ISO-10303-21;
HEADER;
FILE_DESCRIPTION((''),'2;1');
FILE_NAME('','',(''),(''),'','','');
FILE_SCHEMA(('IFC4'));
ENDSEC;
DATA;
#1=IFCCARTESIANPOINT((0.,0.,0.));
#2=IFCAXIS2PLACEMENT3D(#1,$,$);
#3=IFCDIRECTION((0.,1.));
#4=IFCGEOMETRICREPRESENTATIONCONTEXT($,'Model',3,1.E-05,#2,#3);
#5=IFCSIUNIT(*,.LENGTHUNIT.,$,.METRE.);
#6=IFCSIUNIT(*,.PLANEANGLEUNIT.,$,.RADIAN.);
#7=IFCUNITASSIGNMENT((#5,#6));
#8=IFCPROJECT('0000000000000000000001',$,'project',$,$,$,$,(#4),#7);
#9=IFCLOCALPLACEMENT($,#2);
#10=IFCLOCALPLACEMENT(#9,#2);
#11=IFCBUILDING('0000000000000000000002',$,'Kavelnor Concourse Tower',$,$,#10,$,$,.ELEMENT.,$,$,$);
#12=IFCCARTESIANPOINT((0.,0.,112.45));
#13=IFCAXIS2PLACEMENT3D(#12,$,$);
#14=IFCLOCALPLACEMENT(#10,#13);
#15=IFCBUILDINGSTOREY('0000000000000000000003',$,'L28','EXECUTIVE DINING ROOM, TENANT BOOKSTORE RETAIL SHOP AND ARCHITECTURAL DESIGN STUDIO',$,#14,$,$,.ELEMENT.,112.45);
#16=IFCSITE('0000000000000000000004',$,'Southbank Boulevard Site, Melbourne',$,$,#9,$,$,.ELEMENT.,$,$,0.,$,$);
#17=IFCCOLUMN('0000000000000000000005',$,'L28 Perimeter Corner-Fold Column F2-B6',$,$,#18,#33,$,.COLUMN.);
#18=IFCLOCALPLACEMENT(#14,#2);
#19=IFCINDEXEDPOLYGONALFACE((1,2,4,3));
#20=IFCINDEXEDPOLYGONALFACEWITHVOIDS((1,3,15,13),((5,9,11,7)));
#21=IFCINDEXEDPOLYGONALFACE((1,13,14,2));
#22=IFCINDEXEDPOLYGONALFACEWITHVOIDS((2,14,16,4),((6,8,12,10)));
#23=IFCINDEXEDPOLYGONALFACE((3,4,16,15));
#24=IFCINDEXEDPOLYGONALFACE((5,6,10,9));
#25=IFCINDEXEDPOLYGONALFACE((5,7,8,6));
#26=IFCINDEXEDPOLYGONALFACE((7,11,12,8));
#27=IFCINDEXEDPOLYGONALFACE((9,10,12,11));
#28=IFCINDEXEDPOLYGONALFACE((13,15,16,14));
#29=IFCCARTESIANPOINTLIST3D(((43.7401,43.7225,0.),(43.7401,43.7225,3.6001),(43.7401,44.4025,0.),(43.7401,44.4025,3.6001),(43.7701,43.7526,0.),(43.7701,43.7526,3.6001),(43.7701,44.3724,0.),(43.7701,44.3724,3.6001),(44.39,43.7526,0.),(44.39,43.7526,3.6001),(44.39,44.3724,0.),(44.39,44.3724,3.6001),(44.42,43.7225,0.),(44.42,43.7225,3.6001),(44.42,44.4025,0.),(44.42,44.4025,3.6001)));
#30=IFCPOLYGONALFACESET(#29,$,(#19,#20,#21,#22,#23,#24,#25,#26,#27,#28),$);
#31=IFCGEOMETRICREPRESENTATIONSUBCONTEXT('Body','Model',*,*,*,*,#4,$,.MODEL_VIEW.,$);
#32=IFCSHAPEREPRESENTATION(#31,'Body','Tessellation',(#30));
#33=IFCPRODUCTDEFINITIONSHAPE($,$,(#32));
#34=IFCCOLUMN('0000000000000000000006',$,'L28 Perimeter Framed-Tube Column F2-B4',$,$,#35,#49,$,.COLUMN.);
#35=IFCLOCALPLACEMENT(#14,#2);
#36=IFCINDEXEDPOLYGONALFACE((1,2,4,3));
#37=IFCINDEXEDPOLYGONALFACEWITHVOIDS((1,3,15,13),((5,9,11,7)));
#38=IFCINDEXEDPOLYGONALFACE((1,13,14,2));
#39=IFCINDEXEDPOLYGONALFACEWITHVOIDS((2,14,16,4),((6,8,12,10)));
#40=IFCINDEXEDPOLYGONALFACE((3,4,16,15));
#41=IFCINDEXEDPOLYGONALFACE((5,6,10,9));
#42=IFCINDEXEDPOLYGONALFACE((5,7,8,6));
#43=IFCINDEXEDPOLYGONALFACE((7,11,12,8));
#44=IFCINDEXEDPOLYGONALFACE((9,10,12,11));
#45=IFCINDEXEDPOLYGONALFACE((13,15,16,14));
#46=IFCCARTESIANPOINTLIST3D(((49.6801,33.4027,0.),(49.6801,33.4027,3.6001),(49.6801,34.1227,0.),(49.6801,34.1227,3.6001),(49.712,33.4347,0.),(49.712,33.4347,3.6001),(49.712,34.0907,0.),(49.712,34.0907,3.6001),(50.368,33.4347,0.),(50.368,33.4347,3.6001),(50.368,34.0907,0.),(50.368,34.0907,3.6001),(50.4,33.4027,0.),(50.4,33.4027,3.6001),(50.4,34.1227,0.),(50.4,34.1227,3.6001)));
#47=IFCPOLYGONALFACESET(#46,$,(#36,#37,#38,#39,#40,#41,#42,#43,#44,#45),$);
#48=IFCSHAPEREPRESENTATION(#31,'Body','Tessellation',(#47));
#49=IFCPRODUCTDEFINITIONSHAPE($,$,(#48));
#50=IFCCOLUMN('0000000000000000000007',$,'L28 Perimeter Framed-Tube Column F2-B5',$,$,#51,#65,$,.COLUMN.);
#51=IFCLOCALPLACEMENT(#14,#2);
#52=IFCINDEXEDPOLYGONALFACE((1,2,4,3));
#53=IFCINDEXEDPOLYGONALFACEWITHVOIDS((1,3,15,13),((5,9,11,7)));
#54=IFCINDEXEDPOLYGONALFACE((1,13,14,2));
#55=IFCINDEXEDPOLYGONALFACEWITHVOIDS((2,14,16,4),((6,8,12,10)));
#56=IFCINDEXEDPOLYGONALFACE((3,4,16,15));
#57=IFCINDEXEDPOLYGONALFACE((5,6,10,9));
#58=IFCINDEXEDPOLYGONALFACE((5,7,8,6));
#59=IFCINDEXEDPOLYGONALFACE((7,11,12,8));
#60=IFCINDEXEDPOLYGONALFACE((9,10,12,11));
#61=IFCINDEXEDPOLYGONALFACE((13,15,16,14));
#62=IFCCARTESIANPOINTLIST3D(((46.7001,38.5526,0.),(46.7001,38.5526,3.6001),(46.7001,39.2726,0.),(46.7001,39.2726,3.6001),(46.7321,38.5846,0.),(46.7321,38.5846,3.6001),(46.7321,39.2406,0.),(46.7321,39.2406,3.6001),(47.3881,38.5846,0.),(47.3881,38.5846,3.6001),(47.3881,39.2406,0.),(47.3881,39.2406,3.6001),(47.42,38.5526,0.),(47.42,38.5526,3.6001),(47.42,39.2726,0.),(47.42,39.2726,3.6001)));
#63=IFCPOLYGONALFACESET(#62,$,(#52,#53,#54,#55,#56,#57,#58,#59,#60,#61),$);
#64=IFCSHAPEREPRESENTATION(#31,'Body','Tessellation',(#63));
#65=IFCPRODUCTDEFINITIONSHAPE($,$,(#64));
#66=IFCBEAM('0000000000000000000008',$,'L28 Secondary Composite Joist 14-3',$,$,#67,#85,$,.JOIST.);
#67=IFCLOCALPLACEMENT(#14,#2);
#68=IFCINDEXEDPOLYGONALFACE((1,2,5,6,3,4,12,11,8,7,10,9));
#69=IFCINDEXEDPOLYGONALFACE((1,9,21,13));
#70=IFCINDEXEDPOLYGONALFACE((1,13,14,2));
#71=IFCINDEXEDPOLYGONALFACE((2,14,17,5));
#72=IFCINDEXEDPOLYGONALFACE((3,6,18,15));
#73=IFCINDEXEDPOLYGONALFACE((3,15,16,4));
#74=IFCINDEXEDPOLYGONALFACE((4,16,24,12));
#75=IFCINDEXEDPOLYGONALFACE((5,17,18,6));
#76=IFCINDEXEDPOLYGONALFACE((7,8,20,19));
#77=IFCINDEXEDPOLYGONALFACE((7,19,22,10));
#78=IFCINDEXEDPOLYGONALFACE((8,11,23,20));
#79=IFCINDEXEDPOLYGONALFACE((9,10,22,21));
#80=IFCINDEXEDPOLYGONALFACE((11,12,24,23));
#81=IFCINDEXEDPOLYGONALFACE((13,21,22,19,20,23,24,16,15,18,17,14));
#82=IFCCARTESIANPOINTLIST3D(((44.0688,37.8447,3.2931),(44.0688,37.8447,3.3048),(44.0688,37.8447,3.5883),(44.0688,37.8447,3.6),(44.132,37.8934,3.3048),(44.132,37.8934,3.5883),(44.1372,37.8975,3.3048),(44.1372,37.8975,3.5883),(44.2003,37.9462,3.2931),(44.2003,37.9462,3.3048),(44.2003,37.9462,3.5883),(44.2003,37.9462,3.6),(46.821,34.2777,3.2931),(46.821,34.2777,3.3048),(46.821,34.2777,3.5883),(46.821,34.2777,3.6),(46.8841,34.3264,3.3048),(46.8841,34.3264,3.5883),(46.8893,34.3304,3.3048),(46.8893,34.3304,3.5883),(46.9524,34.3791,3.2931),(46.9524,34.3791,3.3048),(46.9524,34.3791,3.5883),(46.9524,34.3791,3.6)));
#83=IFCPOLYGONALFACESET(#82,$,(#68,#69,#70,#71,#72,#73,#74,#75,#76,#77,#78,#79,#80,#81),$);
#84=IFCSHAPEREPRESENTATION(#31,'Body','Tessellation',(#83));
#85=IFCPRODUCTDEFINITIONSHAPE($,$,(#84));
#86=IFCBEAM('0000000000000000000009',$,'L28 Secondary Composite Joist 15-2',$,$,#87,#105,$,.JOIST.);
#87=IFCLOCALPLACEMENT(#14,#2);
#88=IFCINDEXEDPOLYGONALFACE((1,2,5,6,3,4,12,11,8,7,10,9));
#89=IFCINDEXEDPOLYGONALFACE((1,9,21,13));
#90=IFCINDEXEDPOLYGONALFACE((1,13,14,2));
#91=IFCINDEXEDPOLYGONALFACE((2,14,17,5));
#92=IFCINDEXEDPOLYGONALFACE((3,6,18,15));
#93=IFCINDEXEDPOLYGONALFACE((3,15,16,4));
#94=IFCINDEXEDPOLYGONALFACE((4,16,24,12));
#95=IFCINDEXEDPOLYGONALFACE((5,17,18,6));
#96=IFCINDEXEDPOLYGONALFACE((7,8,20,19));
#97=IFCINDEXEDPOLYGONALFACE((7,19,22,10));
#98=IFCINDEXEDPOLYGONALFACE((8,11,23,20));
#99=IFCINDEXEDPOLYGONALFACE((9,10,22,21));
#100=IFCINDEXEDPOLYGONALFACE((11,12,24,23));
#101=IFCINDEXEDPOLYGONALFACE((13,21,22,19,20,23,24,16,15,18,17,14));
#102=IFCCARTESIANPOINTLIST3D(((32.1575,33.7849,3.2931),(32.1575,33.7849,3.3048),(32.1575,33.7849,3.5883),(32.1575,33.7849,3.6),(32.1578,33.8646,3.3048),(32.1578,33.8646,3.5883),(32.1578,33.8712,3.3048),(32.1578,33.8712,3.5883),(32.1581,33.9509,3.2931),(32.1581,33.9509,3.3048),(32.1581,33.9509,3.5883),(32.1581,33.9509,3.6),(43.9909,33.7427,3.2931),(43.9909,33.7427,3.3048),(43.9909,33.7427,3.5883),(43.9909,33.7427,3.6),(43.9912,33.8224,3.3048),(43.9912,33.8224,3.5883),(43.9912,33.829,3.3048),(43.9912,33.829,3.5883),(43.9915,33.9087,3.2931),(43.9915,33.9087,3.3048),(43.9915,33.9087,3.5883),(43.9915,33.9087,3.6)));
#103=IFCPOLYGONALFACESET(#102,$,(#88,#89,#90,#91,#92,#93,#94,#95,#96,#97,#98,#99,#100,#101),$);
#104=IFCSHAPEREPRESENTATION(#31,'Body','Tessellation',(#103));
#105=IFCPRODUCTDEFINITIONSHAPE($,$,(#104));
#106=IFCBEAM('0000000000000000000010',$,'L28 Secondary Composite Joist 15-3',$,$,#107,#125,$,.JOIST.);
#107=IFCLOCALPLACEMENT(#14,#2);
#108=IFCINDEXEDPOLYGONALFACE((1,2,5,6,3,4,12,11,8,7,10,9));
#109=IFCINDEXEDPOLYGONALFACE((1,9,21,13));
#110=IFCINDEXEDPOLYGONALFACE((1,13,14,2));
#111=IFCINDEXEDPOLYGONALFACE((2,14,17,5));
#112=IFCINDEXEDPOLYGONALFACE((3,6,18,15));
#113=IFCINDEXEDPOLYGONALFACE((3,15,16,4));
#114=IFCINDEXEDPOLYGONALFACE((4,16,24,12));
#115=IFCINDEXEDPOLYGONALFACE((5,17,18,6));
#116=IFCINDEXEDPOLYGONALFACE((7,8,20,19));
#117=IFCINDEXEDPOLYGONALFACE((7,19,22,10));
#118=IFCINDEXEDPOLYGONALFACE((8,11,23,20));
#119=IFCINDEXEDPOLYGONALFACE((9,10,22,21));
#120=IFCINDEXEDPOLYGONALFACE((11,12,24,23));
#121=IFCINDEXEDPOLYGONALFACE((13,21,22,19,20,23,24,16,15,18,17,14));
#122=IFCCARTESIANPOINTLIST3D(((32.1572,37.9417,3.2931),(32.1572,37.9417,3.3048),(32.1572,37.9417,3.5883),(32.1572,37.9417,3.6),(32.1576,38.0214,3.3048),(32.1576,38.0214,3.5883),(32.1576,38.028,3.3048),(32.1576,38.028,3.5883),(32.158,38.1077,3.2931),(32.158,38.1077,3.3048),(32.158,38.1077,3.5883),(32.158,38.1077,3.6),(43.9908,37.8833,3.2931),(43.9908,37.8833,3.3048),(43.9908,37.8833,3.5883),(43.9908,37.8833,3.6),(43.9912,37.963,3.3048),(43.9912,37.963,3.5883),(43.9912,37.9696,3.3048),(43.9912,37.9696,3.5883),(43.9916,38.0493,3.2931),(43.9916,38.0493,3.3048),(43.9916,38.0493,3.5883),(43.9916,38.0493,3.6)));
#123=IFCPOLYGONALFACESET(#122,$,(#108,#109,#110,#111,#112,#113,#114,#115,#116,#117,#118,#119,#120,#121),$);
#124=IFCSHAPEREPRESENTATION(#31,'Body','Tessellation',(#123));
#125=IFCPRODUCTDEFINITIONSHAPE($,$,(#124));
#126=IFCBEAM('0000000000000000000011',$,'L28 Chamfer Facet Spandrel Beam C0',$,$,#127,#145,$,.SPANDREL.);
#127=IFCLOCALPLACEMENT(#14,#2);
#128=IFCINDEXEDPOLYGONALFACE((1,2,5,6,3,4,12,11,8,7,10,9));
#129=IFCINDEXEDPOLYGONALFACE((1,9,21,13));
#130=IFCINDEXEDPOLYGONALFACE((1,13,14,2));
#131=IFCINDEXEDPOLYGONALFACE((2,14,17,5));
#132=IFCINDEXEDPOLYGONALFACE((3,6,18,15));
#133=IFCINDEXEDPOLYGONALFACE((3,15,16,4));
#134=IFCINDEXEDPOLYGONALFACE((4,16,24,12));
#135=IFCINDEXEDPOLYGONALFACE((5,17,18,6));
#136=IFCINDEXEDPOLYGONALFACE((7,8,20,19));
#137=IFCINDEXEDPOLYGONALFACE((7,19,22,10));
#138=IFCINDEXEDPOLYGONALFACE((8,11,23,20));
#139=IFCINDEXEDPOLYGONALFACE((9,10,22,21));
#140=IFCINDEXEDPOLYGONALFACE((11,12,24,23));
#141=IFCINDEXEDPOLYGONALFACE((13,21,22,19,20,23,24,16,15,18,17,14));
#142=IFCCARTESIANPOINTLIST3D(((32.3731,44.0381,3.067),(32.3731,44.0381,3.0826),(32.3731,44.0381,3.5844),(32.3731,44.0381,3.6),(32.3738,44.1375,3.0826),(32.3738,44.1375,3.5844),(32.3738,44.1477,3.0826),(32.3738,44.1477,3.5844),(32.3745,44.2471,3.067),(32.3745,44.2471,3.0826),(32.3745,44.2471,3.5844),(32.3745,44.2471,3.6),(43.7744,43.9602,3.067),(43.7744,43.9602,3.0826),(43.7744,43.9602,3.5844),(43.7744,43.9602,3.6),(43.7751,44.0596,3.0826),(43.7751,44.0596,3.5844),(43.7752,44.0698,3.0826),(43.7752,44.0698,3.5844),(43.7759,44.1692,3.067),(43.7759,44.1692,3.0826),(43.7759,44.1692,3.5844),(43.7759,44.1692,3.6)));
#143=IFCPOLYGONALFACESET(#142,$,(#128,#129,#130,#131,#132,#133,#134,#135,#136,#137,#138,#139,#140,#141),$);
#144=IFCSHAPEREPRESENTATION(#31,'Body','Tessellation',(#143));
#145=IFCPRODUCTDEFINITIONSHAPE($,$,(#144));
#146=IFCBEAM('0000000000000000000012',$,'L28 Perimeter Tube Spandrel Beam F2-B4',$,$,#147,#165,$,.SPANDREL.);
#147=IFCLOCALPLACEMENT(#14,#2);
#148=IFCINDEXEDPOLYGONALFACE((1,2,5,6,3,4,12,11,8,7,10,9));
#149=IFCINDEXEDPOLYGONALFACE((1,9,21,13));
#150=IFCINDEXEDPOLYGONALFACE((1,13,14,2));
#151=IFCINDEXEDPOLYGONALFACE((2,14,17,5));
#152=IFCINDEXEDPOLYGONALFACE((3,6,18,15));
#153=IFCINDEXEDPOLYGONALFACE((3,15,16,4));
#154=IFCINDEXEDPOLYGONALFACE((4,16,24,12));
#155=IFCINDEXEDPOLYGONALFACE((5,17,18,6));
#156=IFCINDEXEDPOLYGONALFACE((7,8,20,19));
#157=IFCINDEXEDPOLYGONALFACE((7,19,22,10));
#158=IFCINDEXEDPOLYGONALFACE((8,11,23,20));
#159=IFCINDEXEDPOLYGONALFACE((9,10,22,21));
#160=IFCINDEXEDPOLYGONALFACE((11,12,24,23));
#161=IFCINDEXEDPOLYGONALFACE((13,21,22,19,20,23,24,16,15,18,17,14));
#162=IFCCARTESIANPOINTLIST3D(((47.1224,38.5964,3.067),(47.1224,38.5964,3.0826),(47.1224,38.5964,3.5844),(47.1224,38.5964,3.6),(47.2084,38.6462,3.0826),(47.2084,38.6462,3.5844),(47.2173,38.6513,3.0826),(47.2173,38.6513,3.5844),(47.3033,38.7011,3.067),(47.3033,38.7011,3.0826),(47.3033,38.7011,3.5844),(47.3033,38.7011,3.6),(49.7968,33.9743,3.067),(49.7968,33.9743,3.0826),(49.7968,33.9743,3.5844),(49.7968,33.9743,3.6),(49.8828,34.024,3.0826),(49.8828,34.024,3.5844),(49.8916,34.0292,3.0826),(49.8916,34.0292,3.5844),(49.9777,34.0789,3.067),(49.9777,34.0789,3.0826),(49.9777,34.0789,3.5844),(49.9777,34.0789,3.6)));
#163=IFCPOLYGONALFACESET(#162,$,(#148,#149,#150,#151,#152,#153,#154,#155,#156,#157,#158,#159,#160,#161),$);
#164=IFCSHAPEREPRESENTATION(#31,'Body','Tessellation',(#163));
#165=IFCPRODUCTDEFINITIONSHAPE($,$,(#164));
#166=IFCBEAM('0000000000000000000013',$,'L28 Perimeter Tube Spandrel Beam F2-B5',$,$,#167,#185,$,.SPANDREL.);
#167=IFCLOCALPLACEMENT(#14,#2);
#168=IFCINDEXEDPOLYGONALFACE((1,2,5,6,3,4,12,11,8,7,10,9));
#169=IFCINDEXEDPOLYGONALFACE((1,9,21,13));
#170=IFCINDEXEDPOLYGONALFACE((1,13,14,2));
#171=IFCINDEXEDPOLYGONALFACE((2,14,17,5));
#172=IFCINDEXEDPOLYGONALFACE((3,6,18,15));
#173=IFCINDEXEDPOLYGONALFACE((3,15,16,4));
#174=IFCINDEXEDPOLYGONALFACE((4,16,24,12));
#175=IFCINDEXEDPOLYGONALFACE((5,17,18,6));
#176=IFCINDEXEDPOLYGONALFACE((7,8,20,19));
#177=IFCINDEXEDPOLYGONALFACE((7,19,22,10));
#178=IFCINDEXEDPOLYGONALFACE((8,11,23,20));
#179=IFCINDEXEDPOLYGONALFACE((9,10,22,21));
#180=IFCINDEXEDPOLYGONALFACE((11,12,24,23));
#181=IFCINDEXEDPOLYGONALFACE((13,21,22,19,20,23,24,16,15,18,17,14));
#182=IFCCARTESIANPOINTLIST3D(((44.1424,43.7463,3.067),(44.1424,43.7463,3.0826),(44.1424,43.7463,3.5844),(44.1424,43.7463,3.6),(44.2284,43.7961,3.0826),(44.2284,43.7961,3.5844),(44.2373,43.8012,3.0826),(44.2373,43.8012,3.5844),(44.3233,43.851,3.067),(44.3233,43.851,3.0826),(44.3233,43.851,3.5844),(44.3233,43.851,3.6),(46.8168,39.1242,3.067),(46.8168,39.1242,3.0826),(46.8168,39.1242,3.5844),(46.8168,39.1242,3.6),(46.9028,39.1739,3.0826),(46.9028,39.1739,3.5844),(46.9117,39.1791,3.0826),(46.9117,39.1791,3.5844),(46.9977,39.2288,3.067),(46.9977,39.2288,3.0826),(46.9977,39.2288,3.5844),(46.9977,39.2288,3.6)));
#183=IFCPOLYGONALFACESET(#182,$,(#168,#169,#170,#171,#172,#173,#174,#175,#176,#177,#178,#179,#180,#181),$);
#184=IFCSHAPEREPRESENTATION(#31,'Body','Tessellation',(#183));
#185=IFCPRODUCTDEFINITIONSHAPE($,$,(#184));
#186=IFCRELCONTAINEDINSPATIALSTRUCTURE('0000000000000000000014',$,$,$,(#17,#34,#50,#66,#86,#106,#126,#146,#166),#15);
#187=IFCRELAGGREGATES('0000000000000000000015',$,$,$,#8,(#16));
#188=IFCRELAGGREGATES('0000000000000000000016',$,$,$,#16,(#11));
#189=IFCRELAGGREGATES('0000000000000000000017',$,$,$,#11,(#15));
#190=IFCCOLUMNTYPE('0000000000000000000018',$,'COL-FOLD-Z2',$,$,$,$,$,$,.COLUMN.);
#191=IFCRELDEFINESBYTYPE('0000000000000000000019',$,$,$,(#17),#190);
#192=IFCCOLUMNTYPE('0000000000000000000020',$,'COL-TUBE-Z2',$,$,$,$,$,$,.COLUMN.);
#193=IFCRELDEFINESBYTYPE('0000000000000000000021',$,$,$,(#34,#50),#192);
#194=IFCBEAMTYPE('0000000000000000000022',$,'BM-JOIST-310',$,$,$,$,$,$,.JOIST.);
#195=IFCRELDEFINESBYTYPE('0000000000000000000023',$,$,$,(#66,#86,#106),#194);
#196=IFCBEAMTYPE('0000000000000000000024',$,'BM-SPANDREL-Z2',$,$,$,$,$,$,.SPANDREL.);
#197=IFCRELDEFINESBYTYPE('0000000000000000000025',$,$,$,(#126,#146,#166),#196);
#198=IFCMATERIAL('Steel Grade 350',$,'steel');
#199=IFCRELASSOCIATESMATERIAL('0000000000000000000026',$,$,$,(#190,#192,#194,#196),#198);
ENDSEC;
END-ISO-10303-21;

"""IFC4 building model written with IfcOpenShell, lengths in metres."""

from ifc_helpers import new_model, si_unit, direction, frame, origin, origin_2d, place, context, subcontext, project, spatial, hollow_rectangle, i_section, extrude, material, material_profile, profile_set, type_object, element, save


model = new_model("IFC4")

# Units and contexts
model_context = context("Model", 3, precision=1e-05, world=origin(), true_north=direction((0.0, 1.0)))
body_context = subcontext(model_context, "Body", "Model", "MODEL_VIEW")
ifc_project = project(units=[si_unit("LENGTHUNIT", "METRE"), si_unit("PLANEANGLEUNIT", "RADIAN")], contexts=[model_context])

# Site, building, storey
site_placement = place(None, origin())
site = spatial("IfcSite", under=ifc_project, at=site_placement, Name="Southbank Boulevard Site, Melbourne", CompositionType="ELEMENT", RefElevation=0.0)
building_placement = place(site_placement, origin())
building = spatial("IfcBuilding", under=site, at=building_placement, Name="Kavelnor Concourse Tower", CompositionType="ELEMENT")
storey_placement = place(building_placement, frame((0.0, 0.0, 112.45)))
storey = spatial("IfcBuildingStorey", under=building, at=storey_placement, Name="L28", Description="EXECUTIVE DINING ROOM, TENANT BOOKSTORE RETAIL SHOP AND ARCHITECTURAL DESIGN STUDIO", CompositionType="ELEMENT", Elevation=112.45)

# Columns
ifc_material_1 = material(Name="Steel Grade 350", Category="steel")
ifc_material_profile_1 = material_profile(ifc_material_1, hollow_rectangle(XDim=0.6799, YDim=0.6799, WallThickness=0.03, at=origin_2d()), Name="SHS 680x680x30")
ifc_profile_set_1 = profile_set([ifc_material_profile_1], Name="Steel Grade 350")
column_type_1 = type_object("IfcColumnType", Name="COL-FOLD-Z2", PredefinedType="COLUMN", material=ifc_profile_set_1)
column_placement = place(storey_placement, frame((44.0801, 44.0625, 0.0), z_axis=(0.0, 0.0, 1.0), x_axis=(1.0, 0.0, 0.0)))
element("IfcColumn", 1, at=column_placement, inside=storey, type_object=column_type_1, Name="L28 Perimeter Corner-Fold Column F2-B6", PredefinedType="COLUMN", context=body_context, shape_type="SweptSolid", body=[
    extrude(hollow_rectangle(XDim=0.6799, YDim=0.6799, WallThickness=0.03, at=origin_2d()), origin(), (0.0, 0.0, 1.0), 3.6001),
])
ifc_material_profile_2 = material_profile(ifc_material_1, hollow_rectangle(XDim=0.72, YDim=0.72, WallThickness=0.032, at=origin_2d()), Name="SHS 720x720x32")
ifc_profile_set_2 = profile_set([ifc_material_profile_2], Name="Steel Grade 350")
column_type_2 = type_object("IfcColumnType", Name="COL-TUBE-Z2", PredefinedType="COLUMN", material=ifc_profile_set_2)
for number, where, z_axis, x_axis, name in (
    (2, (50.04, 33.7627, 0.0), (0.0, 0.0, 1.0), (1.0, 0.0, 0.0), "L28 Perimeter Framed-Tube Column F2-B4"),
    (3, (47.0601, 38.9126, 0.0), (0.0, 0.0, 1.0), (1.0, 0.0, 0.0), "L28 Perimeter Framed-Tube Column F2-B5"),
):
    element("IfcColumn", number, at=place(storey_placement, frame(where, z_axis=z_axis, x_axis=x_axis)), inside=storey, type_object=column_type_2, Name=name, PredefinedType="COLUMN", context=body_context, shape_type="SweptSolid", body=[
        extrude(hollow_rectangle(XDim=0.72, YDim=0.72, WallThickness=0.032, at=origin_2d()), origin(), (0.0, 0.0, 1.0), 3.6001),
    ])

# Beams
ifc_material_profile_3 = material_profile(ifc_material_1, i_section(OverallWidth=0.166, OverallDepth=0.3069, WebThickness=0.0066, FlangeThickness=0.0117, at=origin_2d()), Name="310UB46")
ifc_profile_set_3 = profile_set([ifc_material_profile_3], Name="Steel Grade 350")
beam_type_1 = type_object("IfcBeamType", Name="BM-JOIST-310", PredefinedType="JOIST", material=ifc_profile_set_3)
beam_1_placement = place(storey_placement, frame((46.8867, 34.3284, 3.4465), z_axis=(-0.61086, 0.791739, 0.0), x_axis=(-0.791739, -0.61086, 0.0)))
element("IfcBeam", 4, at=beam_1_placement, inside=storey, type_object=beam_type_1, Name="L28 Secondary Composite Joist 14-3", PredefinedType="JOIST", context=body_context, shape_type="SweptSolid", body=[
    extrude(i_section(OverallWidth=0.166, OverallDepth=0.3069, WebThickness=0.0066, FlangeThickness=0.0117, at=origin_2d()), origin(), (0.0, 0.0, 1.0), 4.5054),
])
beam_2_placement = place(storey_placement, frame((43.9912, 33.8257, 3.4465), z_axis=(-0.999994, 0.003569, 0.0), x_axis=(-0.003569, -0.999994, 0.0)))
element("IfcBeam", 5, at=beam_2_placement, inside=storey, type_object=beam_type_1, Name="L28 Secondary Composite Joist 15-2", PredefinedType="JOIST", context=body_context, shape_type="SweptSolid", body=[
    extrude(i_section(OverallWidth=0.166, OverallDepth=0.3069, WebThickness=0.0066, FlangeThickness=0.0117, at=origin_2d()), origin(), (0.0, 0.0, 1.0), 11.8335),
])
beam_3_placement = place(storey_placement, frame((43.9912, 37.9663, 3.4465), z_axis=(-0.999988, 0.004931, 0.0), x_axis=(-0.004931, -0.999988, 0.0)))
element("IfcBeam", 6, at=beam_3_placement, inside=storey, type_object=beam_type_1, Name="L28 Secondary Composite Joist 15-3", PredefinedType="JOIST", context=body_context, shape_type="SweptSolid", body=[
    extrude(i_section(OverallWidth=0.166, OverallDepth=0.3069, WebThickness=0.0066, FlangeThickness=0.0117, at=origin_2d()), origin(), (0.0, 0.0, 1.0), 11.8337),
])
ifc_material_profile_4 = material_profile(ifc_material_1, i_section(OverallWidth=0.209, OverallDepth=0.533, WebThickness=0.0103, FlangeThickness=0.0156, at=origin_2d()), Name="530UB92")
ifc_profile_set_4 = profile_set([ifc_material_profile_4], Name="Steel Grade 350")
beam_type_2 = type_object("IfcBeamType", Name="BM-SPANDREL-Z2", PredefinedType="SPANDREL", material=ifc_profile_set_4)
beam_4_placement = place(storey_placement, frame((43.7751, 44.0647, 3.3335), z_axis=(-0.999977, 0.006831, 0.0), x_axis=(-0.006831, -0.999977, 0.0)))
element("IfcBeam", 7, at=beam_4_placement, inside=storey, type_object=beam_type_2, Name="L28 Chamfer Facet Spandrel Beam C0", PredefinedType="SPANDREL", context=body_context, shape_type="SweptSolid", body=[
    extrude(i_section(OverallWidth=0.209, OverallDepth=0.533, WebThickness=0.0103, FlangeThickness=0.0156, at=origin_2d()), origin(), (0.0, 0.0, 1.0), 11.4016),
])
for number, where, z_axis, x_axis, name in (
    (8, (49.8872, 34.0266, 3.3335), (-0.500809, 0.865558, 0.0), (-0.865558, -0.500809, 0.0), "L28 Perimeter Tube Spandrel Beam F2-B4"),
    (9, (46.9072, 39.1765, 3.3335), (-0.500809, 0.865558, 0.0), (-0.865558, -0.500809, 0.0), "L28 Perimeter Tube Spandrel Beam F2-B5"),
):
    element("IfcBeam", number, at=place(storey_placement, frame(where, z_axis=z_axis, x_axis=x_axis)), inside=storey, type_object=beam_type_2, Name=name, PredefinedType="SPANDREL", context=body_context, shape_type="SweptSolid", body=[
        extrude(i_section(OverallWidth=0.209, OverallDepth=0.533, WebThickness=0.0103, FlangeThickness=0.0156, at=origin_2d()), origin(), (0.0, 0.0, 1.0), 5.3401),
    ])

save(model, "model.ifc")
